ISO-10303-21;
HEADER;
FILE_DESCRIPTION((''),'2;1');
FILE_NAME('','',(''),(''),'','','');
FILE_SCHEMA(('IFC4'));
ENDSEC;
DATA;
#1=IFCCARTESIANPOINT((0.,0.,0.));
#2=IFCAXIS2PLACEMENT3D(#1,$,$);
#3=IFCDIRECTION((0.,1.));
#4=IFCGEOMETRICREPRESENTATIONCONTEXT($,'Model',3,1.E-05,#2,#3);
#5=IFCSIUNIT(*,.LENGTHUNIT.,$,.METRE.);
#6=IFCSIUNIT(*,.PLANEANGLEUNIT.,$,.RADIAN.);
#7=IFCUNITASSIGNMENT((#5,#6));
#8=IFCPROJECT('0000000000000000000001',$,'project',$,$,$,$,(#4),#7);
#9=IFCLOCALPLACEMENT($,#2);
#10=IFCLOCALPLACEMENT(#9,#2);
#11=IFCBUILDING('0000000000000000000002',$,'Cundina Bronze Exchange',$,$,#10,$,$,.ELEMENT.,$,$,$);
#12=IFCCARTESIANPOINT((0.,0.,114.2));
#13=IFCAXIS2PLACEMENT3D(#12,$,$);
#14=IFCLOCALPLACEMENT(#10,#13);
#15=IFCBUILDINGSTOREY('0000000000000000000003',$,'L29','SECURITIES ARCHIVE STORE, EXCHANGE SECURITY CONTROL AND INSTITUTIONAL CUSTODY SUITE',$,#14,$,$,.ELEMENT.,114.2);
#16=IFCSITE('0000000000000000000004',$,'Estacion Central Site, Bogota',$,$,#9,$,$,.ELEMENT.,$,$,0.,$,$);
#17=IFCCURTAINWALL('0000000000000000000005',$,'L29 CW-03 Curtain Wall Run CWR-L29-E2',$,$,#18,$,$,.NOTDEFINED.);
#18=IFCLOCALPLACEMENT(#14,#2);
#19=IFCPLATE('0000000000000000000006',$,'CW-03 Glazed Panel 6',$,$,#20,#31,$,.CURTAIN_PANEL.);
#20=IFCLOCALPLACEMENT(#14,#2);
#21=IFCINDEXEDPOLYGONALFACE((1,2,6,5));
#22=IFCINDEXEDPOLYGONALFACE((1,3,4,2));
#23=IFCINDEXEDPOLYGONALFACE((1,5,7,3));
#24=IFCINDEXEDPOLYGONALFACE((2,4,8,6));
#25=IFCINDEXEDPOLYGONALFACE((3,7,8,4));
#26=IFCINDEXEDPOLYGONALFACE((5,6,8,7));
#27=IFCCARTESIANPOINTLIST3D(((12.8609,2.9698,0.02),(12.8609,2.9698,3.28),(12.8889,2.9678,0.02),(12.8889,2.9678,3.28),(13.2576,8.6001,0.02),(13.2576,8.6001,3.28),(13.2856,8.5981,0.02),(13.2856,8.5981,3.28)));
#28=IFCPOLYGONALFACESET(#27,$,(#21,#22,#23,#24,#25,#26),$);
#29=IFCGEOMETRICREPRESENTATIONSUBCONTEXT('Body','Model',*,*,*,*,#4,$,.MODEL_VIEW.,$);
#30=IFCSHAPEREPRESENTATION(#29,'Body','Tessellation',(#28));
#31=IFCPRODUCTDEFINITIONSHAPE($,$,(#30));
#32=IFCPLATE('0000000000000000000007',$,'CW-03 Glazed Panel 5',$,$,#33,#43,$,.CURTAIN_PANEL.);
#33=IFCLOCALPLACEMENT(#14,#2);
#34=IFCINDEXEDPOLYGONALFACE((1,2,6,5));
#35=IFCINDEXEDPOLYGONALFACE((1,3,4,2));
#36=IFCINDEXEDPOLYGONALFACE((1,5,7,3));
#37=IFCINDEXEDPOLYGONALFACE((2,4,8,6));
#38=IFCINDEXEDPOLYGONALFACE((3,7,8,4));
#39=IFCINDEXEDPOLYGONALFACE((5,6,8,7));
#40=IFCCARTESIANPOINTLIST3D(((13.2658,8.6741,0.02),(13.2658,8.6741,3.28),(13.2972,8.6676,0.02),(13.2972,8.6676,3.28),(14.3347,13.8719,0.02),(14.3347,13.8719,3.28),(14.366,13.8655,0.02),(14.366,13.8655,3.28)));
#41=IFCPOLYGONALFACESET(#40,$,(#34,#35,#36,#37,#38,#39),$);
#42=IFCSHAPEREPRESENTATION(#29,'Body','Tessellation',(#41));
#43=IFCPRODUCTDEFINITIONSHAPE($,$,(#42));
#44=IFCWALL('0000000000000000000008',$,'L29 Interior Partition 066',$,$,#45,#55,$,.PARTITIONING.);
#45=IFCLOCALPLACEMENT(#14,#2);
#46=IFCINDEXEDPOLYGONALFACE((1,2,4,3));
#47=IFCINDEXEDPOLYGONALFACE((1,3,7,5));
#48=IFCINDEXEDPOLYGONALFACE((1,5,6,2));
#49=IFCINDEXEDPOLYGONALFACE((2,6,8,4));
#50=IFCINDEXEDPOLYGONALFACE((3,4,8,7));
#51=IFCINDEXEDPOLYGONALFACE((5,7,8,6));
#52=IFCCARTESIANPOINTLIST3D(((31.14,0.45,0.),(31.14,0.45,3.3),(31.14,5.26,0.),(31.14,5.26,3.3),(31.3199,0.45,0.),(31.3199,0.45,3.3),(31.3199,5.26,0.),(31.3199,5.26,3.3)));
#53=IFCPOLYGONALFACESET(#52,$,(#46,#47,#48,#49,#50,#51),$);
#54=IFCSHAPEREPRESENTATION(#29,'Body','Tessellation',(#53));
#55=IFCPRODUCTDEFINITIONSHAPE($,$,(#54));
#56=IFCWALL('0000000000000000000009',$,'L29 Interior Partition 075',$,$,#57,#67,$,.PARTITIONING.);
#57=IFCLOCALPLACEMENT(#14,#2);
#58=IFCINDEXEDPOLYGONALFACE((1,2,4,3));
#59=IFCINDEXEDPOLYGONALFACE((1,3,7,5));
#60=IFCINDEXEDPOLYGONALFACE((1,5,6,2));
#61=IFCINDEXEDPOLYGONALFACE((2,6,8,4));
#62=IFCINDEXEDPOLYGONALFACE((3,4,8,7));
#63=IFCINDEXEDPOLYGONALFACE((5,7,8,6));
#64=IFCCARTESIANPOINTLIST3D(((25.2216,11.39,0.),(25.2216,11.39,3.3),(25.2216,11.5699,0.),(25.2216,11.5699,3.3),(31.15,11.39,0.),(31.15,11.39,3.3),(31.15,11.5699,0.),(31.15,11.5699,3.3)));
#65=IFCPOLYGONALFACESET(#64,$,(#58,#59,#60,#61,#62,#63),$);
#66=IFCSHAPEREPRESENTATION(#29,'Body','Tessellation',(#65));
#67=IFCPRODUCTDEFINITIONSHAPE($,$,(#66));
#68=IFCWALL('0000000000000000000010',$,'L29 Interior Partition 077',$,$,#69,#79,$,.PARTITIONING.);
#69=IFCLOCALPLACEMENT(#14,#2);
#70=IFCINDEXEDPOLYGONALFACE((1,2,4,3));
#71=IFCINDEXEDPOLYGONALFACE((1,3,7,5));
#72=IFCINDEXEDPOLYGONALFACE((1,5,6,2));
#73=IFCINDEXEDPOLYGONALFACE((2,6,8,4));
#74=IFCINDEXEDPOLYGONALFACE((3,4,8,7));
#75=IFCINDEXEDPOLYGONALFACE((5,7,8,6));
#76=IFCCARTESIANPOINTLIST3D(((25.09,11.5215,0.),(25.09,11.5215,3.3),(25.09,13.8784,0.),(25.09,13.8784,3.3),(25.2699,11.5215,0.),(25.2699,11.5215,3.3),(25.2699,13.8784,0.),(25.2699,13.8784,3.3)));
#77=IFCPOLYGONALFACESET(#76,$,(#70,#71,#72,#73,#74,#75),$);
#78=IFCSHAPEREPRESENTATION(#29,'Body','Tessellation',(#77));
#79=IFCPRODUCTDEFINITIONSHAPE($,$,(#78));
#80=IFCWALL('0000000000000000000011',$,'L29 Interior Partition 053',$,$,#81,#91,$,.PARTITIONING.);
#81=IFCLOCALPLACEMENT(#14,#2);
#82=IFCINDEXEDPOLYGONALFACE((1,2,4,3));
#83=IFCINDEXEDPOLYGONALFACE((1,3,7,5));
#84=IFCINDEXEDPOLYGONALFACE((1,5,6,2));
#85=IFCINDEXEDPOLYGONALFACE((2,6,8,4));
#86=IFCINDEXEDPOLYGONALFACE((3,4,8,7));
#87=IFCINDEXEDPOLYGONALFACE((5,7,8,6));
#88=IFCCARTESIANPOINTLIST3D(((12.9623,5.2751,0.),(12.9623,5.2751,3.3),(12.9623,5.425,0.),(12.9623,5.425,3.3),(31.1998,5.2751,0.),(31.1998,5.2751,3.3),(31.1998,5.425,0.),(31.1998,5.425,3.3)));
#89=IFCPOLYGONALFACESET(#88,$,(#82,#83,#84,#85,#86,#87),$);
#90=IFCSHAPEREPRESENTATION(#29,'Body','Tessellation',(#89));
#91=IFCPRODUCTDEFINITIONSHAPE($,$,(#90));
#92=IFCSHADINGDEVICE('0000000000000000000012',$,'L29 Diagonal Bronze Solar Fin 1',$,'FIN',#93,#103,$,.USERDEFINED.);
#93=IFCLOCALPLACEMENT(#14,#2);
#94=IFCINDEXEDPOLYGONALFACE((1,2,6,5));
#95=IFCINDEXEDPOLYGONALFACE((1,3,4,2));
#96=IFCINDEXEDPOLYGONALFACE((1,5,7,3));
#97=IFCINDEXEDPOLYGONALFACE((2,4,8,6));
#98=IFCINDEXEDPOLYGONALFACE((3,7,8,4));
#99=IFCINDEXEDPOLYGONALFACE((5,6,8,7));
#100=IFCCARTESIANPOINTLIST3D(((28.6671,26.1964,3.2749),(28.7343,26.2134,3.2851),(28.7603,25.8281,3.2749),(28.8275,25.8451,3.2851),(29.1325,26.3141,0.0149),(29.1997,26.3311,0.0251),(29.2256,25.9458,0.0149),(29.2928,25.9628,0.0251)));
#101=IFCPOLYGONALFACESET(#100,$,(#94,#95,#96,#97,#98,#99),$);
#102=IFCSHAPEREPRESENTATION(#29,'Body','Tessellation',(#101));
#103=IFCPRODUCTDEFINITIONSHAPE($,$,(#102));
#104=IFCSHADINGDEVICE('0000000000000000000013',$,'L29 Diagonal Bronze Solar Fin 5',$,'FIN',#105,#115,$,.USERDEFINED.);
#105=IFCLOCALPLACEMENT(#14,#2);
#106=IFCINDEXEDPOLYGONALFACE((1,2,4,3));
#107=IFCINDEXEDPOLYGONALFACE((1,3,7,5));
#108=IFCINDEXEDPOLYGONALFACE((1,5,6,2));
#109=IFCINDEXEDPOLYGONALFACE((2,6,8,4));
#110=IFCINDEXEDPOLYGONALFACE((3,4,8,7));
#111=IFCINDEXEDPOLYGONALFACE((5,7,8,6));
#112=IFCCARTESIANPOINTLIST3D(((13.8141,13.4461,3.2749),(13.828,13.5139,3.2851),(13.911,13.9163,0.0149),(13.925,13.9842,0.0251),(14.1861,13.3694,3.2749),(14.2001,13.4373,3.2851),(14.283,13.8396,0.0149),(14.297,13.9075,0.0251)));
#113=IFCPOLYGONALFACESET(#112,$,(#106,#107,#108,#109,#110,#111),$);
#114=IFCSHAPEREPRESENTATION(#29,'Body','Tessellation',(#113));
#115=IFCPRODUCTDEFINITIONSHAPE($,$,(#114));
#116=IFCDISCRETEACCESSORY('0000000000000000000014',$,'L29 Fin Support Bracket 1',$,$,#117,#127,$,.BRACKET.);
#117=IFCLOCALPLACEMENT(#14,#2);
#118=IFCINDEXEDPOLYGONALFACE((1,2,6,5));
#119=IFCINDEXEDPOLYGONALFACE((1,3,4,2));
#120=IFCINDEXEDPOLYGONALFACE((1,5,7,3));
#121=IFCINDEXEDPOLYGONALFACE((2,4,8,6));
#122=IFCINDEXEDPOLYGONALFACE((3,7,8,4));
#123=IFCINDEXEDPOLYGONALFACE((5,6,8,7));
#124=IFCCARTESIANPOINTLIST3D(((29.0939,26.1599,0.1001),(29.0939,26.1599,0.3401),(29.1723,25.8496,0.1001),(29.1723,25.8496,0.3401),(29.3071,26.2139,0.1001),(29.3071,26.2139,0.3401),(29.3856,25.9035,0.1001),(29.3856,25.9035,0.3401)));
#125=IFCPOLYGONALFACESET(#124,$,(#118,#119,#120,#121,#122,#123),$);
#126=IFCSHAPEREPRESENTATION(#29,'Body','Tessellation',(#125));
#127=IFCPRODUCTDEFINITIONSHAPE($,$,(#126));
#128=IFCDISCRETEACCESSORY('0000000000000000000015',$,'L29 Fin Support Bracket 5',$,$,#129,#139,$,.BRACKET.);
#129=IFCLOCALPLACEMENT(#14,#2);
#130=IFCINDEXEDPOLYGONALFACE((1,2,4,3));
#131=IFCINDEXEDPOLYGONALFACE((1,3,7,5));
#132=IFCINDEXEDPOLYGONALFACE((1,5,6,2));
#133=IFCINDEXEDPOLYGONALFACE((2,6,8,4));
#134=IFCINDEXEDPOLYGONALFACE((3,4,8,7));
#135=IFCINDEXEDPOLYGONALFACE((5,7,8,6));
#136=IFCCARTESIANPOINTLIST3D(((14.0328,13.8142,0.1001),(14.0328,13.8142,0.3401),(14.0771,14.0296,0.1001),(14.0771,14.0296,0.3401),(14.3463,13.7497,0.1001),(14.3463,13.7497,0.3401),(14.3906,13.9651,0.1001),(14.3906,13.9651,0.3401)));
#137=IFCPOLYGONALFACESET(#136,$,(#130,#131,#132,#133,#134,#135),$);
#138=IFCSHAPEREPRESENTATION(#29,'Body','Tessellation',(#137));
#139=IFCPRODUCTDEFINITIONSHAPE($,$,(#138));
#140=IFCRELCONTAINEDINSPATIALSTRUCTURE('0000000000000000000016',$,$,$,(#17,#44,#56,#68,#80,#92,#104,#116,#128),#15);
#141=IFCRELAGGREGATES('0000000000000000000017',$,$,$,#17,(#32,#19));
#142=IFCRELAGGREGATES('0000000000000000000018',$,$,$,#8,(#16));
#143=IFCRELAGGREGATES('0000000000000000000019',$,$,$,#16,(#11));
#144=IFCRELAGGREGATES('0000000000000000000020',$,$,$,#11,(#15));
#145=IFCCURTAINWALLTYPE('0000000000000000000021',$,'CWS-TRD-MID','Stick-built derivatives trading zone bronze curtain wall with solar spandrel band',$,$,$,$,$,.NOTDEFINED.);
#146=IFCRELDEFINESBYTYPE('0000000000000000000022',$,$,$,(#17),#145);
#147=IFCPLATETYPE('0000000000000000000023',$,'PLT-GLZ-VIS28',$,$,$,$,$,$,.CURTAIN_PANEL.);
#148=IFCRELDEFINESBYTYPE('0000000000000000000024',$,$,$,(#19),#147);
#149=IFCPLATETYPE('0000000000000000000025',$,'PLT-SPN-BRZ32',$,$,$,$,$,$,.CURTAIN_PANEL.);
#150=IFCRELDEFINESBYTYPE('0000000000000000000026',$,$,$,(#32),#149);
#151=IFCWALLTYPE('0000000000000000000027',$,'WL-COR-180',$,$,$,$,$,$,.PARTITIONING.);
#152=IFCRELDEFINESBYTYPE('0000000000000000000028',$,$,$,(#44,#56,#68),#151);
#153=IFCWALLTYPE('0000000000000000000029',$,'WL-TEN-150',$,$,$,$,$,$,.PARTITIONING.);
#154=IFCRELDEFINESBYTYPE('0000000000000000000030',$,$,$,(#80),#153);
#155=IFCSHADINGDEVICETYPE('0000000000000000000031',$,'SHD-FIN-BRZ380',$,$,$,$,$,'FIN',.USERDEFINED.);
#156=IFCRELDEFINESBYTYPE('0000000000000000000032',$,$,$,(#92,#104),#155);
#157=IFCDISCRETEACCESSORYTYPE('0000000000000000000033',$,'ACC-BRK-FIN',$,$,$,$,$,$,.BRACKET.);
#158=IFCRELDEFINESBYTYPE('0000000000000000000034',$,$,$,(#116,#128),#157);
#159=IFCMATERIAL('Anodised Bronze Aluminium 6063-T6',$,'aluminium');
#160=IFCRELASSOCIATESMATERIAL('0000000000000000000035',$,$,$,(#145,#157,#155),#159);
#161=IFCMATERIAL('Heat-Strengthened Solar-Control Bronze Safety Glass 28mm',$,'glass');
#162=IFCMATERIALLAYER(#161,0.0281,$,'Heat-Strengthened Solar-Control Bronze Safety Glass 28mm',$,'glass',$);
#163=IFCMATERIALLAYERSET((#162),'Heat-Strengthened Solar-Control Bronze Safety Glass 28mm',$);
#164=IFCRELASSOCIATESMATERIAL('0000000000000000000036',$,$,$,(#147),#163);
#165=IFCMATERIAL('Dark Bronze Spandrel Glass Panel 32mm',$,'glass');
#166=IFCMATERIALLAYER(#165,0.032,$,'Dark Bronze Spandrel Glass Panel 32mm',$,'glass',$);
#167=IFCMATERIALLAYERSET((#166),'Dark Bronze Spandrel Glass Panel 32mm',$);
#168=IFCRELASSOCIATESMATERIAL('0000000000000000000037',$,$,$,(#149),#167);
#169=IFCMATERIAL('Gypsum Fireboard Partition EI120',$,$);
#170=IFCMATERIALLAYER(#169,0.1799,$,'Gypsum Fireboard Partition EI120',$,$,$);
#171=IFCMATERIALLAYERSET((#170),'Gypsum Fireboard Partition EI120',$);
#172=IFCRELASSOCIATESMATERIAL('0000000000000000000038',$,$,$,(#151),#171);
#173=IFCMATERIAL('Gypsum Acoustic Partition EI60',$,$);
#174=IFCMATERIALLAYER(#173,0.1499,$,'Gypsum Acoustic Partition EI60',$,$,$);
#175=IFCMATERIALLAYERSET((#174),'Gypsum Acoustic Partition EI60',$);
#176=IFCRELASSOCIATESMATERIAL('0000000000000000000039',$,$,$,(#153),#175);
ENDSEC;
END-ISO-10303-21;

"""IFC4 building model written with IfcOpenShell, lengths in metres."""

from ifc_helpers import new_model, si_unit, direction, frame, frame_2d, origin, origin_2d, place, context, subcontext, project, spatial, rectangle, extrude, material, layer, layer_set, material_profile, profile_set, type_object, element, aggregate, save


model = new_model("IFC4")

# Units and contexts
model_context = context("Model", 3, precision=1e-05, world=origin(), true_north=direction((0.0, 1.0)))
body_context = subcontext(model_context, "Body", "Model", "MODEL_VIEW")
ifc_project = project(units=[si_unit("LENGTHUNIT", "METRE"), si_unit("PLANEANGLEUNIT", "RADIAN")], contexts=[model_context])

# Site, building, storey
site_placement = place(None, origin())
site = spatial("IfcSite", under=ifc_project, at=site_placement, Name="Estacion Central Site, Bogota", CompositionType="ELEMENT", RefElevation=0.0)
building_placement = place(site_placement, origin())
building = spatial("IfcBuilding", under=site, at=building_placement, Name="Cundina Bronze Exchange", CompositionType="ELEMENT")
storey_placement = place(building_placement, frame((0.0, 0.0, 114.2)))
storey = spatial("IfcBuildingStorey", under=building, at=storey_placement, Name="L29", Description="SECURITIES ARCHIVE STORE, EXCHANGE SECURITY CONTROL AND INSTITUTIONAL CUSTODY SUITE", CompositionType="ELEMENT", Elevation=114.2)

# Shared definitions
ifc_material_1 = material(Name="Anodised Bronze Aluminium 6063-T6", Category="aluminium")
curtain_wall_type = type_object("IfcCurtainWallType", Name="CWS-TRD-MID", Description="Stick-built derivatives trading zone bronze curtain wall with solar spandrel band", PredefinedType="NOTDEFINED", material=ifc_material_1)

# Curtain wall, plates
curtain_wall_1_placement = place(storey_placement, origin())
curtain_wall_1 = element("IfcCurtainWall", 1, at=curtain_wall_1_placement, inside=storey, type_object=curtain_wall_type, Name="L29 CW-03 Curtain Wall Run CWR-L29-E2", PredefinedType="NOTDEFINED")
ifc_material_2 = material(Name="Heat-Strengthened Solar-Control Bronze Safety Glass 28mm", Category="glass")
ifc_layer_1 = layer(ifc_material_2, 0.0281, Name="Heat-Strengthened Solar-Control Bronze Safety Glass 28mm", Category="glass")
ifc_layer_set_1 = layer_set([ifc_layer_1], Name="Heat-Strengthened Solar-Control Bronze Safety Glass 28mm")
plate_type_1 = type_object("IfcPlateType", Name="PLT-GLZ-VIS28", PredefinedType="CURTAIN_PANEL", material=ifc_layer_set_1)
plate_1_placement = place(storey_placement, frame((13.0732, 5.7839, 0.02), z_axis=(0.0, 0.0, 1.0), x_axis=(-0.070279, -0.997527, 0.0)))
plate_1 = element("IfcPlate", 2, at=plate_1_placement, type_object=plate_type_1, Name="CW-03 Glazed Panel 6", PredefinedType="CURTAIN_PANEL", context=body_context, shape_type="SweptSolid", body=[
    extrude(rectangle(XDim=5.6443, YDim=0.0281, at=origin_2d()), origin(), (0.0, 0.0, 1.0), 3.26),
])
ifc_material_3 = material(Name="Dark Bronze Spandrel Glass Panel 32mm", Category="glass")
ifc_layer_2 = layer(ifc_material_3, 0.032, Name="Dark Bronze Spandrel Glass Panel 32mm", Category="glass")
ifc_layer_set_2 = layer_set([ifc_layer_2], Name="Dark Bronze Spandrel Glass Panel 32mm")
plate_type_2 = type_object("IfcPlateType", Name="PLT-SPN-BRZ32", PredefinedType="CURTAIN_PANEL", material=ifc_layer_set_2)
plate_2_placement = place(storey_placement, frame((13.8159, 11.2698, 0.02), z_axis=(0.0, 0.0, 1.0), x_axis=(-0.20142, -0.979505, 0.0)))
plate_2 = element("IfcPlate", 3, at=plate_2_placement, type_object=plate_type_2, Name="CW-03 Glazed Panel 5", PredefinedType="CURTAIN_PANEL", context=body_context, shape_type="SweptSolid", body=[
    extrude(rectangle(XDim=5.3066, YDim=0.032, at=origin_2d()), origin(), (0.0, 0.0, 1.0), 3.26),
])
aggregate(curtain_wall_1, [plate_2, plate_1])

# Walls
ifc_material_4 = material(Name="Gypsum Fireboard Partition EI120")
ifc_layer_3 = layer(ifc_material_4, 0.1799, Name="Gypsum Fireboard Partition EI120")
ifc_layer_set_3 = layer_set([ifc_layer_3], Name="Gypsum Fireboard Partition EI120")
wall_type_1 = type_object("IfcWallType", Name="WL-COR-180", PredefinedType="PARTITIONING", material=ifc_layer_set_3)
wall_1_placement = place(storey_placement, frame((31.23, 5.26, 0.0), z_axis=(0.0, 0.0, 1.0), x_axis=(0.0, -1.0, 0.0)))
element("IfcWall", 4, at=wall_1_placement, inside=storey, type_object=wall_type_1, Name="L29 Interior Partition 066", PredefinedType="PARTITIONING", context=body_context, shape_type="SweptSolid", body=[
    extrude(rectangle(XDim=4.8101, YDim=0.1799, at=frame_2d((2.405, 0.0))), origin(), (0.0, 0.0, 1.0), 3.3),
])
wall_2_placement = place(storey_placement, frame((25.2214, 11.48, 0.0), z_axis=(0.0, 0.0, 1.0), x_axis=(1.0, 0.0, 0.0)))
element("IfcWall", 5, at=wall_2_placement, inside=storey, type_object=wall_type_1, Name="L29 Interior Partition 075", PredefinedType="PARTITIONING", context=body_context, shape_type="SweptSolid", body=[
    extrude(rectangle(XDim=5.9285, YDim=0.1799, at=frame_2d((2.9644, 0.0))), origin(), (0.0, 0.0, 1.0), 3.3),
])
wall_3_placement = place(storey_placement, frame((25.1799, 13.8784, 0.0), z_axis=(0.0, 0.0, 1.0), x_axis=(0.0, -1.0, 0.0)))
element("IfcWall", 6, at=wall_3_placement, inside=storey, type_object=wall_type_1, Name="L29 Interior Partition 077", PredefinedType="PARTITIONING", context=body_context, shape_type="SweptSolid", body=[
    extrude(rectangle(XDim=2.3569, YDim=0.1799, at=frame_2d((1.1785, 0.0))), origin(), (0.0, 0.0, 1.0), 3.3),
])
ifc_material_5 = material(Name="Gypsum Acoustic Partition EI60")
ifc_layer_4 = layer(ifc_material_5, 0.1499, Name="Gypsum Acoustic Partition EI60")
ifc_layer_set_4 = layer_set([ifc_layer_4], Name="Gypsum Acoustic Partition EI60")
wall_type_2 = type_object("IfcWallType", Name="WL-TEN-150", PredefinedType="PARTITIONING", material=ifc_layer_set_4)
wall_4_placement = place(storey_placement, frame((12.9624, 5.3501, 0.0), z_axis=(0.0, 0.0, 1.0), x_axis=(1.0, 0.0, 0.0)))
element("IfcWall", 7, at=wall_4_placement, inside=storey, type_object=wall_type_2, Name="L29 Interior Partition 053", PredefinedType="PARTITIONING", context=body_context, shape_type="SweptSolid", body=[
    extrude(rectangle(XDim=18.2375, YDim=0.1499, at=frame_2d((9.1187, 0.0))), origin(), (0.0, 0.0, 1.0), 3.3),
])

# Shading devices
ifc_material_profile_1 = material_profile(ifc_material_1, rectangle(XDim=0.0701, YDim=0.3799, at=origin_2d()), Name="FIN70X380", Category="aluminium")
ifc_profile_set_1 = profile_set([ifc_material_profile_1], Name="Anodised Bronze Aluminium 6063-T6")
shading_device_type = type_object("IfcShadingDeviceType", Name="SHD-FIN-BRZ380", ElementType="FIN", PredefinedType="USERDEFINED", material=ifc_profile_set_1)
for number, where, z_axis, x_axis, name in (
    (8, (29.2126, 26.1384, 0.02), (-0.141217, -0.035712, 0.989334), (0.959141, 0.242553, 0.145663), "L29 Diagonal Bronze Solar Fin 1"),
    (9, (14.104, 13.9119, 0.02), (-0.029414, -0.142698, 0.989329), (0.199728, 0.968959, 0.145698), "L29 Diagonal Bronze Solar Fin 5"),
):
    element("IfcShadingDevice", number, at=place(storey_placement, frame(where, z_axis=z_axis, x_axis=x_axis)), inside=storey, type_object=shading_device_type, Name=name, ObjectType="FIN", PredefinedType="USERDEFINED", context=body_context, shape_type="SweptSolid", body=[
        extrude(rectangle(XDim=0.0701, YDim=0.3799, at=origin_2d()), origin(), (0.0, 0.0, 1.0), 3.2952),
    ])

# Discrete accessories
discrete_accessory_type = type_object("IfcDiscreteAccessoryType", Name="ACC-BRK-FIN", PredefinedType="BRACKET", material=ifc_material_1)
for number, where, z_axis, x_axis, name in (
    (10, (29.2397, 26.0317, 0.1001), (0.0, 0.0, 1.0), (-0.969488, -0.245138, 0.0), "L29 Fin Support Bracket 1"),
    (11, (14.2117, 13.8896, 0.1001), (0.0, 0.0, 1.0), (-0.20142, -0.979505, 0.0), "L29 Fin Support Bracket 5"),
):
    element("IfcDiscreteAccessory", number, at=place(storey_placement, frame(where, z_axis=z_axis, x_axis=x_axis)), inside=storey, type_object=discrete_accessory_type, Name=name, PredefinedType="BRACKET", context=body_context, shape_type="SweptSolid", body=[
        extrude(rectangle(XDim=0.22, YDim=0.3201, at=origin_2d()), origin(), (0.0, 0.0, 1.0), 0.24),
    ])

save(model, "model.ifc")
